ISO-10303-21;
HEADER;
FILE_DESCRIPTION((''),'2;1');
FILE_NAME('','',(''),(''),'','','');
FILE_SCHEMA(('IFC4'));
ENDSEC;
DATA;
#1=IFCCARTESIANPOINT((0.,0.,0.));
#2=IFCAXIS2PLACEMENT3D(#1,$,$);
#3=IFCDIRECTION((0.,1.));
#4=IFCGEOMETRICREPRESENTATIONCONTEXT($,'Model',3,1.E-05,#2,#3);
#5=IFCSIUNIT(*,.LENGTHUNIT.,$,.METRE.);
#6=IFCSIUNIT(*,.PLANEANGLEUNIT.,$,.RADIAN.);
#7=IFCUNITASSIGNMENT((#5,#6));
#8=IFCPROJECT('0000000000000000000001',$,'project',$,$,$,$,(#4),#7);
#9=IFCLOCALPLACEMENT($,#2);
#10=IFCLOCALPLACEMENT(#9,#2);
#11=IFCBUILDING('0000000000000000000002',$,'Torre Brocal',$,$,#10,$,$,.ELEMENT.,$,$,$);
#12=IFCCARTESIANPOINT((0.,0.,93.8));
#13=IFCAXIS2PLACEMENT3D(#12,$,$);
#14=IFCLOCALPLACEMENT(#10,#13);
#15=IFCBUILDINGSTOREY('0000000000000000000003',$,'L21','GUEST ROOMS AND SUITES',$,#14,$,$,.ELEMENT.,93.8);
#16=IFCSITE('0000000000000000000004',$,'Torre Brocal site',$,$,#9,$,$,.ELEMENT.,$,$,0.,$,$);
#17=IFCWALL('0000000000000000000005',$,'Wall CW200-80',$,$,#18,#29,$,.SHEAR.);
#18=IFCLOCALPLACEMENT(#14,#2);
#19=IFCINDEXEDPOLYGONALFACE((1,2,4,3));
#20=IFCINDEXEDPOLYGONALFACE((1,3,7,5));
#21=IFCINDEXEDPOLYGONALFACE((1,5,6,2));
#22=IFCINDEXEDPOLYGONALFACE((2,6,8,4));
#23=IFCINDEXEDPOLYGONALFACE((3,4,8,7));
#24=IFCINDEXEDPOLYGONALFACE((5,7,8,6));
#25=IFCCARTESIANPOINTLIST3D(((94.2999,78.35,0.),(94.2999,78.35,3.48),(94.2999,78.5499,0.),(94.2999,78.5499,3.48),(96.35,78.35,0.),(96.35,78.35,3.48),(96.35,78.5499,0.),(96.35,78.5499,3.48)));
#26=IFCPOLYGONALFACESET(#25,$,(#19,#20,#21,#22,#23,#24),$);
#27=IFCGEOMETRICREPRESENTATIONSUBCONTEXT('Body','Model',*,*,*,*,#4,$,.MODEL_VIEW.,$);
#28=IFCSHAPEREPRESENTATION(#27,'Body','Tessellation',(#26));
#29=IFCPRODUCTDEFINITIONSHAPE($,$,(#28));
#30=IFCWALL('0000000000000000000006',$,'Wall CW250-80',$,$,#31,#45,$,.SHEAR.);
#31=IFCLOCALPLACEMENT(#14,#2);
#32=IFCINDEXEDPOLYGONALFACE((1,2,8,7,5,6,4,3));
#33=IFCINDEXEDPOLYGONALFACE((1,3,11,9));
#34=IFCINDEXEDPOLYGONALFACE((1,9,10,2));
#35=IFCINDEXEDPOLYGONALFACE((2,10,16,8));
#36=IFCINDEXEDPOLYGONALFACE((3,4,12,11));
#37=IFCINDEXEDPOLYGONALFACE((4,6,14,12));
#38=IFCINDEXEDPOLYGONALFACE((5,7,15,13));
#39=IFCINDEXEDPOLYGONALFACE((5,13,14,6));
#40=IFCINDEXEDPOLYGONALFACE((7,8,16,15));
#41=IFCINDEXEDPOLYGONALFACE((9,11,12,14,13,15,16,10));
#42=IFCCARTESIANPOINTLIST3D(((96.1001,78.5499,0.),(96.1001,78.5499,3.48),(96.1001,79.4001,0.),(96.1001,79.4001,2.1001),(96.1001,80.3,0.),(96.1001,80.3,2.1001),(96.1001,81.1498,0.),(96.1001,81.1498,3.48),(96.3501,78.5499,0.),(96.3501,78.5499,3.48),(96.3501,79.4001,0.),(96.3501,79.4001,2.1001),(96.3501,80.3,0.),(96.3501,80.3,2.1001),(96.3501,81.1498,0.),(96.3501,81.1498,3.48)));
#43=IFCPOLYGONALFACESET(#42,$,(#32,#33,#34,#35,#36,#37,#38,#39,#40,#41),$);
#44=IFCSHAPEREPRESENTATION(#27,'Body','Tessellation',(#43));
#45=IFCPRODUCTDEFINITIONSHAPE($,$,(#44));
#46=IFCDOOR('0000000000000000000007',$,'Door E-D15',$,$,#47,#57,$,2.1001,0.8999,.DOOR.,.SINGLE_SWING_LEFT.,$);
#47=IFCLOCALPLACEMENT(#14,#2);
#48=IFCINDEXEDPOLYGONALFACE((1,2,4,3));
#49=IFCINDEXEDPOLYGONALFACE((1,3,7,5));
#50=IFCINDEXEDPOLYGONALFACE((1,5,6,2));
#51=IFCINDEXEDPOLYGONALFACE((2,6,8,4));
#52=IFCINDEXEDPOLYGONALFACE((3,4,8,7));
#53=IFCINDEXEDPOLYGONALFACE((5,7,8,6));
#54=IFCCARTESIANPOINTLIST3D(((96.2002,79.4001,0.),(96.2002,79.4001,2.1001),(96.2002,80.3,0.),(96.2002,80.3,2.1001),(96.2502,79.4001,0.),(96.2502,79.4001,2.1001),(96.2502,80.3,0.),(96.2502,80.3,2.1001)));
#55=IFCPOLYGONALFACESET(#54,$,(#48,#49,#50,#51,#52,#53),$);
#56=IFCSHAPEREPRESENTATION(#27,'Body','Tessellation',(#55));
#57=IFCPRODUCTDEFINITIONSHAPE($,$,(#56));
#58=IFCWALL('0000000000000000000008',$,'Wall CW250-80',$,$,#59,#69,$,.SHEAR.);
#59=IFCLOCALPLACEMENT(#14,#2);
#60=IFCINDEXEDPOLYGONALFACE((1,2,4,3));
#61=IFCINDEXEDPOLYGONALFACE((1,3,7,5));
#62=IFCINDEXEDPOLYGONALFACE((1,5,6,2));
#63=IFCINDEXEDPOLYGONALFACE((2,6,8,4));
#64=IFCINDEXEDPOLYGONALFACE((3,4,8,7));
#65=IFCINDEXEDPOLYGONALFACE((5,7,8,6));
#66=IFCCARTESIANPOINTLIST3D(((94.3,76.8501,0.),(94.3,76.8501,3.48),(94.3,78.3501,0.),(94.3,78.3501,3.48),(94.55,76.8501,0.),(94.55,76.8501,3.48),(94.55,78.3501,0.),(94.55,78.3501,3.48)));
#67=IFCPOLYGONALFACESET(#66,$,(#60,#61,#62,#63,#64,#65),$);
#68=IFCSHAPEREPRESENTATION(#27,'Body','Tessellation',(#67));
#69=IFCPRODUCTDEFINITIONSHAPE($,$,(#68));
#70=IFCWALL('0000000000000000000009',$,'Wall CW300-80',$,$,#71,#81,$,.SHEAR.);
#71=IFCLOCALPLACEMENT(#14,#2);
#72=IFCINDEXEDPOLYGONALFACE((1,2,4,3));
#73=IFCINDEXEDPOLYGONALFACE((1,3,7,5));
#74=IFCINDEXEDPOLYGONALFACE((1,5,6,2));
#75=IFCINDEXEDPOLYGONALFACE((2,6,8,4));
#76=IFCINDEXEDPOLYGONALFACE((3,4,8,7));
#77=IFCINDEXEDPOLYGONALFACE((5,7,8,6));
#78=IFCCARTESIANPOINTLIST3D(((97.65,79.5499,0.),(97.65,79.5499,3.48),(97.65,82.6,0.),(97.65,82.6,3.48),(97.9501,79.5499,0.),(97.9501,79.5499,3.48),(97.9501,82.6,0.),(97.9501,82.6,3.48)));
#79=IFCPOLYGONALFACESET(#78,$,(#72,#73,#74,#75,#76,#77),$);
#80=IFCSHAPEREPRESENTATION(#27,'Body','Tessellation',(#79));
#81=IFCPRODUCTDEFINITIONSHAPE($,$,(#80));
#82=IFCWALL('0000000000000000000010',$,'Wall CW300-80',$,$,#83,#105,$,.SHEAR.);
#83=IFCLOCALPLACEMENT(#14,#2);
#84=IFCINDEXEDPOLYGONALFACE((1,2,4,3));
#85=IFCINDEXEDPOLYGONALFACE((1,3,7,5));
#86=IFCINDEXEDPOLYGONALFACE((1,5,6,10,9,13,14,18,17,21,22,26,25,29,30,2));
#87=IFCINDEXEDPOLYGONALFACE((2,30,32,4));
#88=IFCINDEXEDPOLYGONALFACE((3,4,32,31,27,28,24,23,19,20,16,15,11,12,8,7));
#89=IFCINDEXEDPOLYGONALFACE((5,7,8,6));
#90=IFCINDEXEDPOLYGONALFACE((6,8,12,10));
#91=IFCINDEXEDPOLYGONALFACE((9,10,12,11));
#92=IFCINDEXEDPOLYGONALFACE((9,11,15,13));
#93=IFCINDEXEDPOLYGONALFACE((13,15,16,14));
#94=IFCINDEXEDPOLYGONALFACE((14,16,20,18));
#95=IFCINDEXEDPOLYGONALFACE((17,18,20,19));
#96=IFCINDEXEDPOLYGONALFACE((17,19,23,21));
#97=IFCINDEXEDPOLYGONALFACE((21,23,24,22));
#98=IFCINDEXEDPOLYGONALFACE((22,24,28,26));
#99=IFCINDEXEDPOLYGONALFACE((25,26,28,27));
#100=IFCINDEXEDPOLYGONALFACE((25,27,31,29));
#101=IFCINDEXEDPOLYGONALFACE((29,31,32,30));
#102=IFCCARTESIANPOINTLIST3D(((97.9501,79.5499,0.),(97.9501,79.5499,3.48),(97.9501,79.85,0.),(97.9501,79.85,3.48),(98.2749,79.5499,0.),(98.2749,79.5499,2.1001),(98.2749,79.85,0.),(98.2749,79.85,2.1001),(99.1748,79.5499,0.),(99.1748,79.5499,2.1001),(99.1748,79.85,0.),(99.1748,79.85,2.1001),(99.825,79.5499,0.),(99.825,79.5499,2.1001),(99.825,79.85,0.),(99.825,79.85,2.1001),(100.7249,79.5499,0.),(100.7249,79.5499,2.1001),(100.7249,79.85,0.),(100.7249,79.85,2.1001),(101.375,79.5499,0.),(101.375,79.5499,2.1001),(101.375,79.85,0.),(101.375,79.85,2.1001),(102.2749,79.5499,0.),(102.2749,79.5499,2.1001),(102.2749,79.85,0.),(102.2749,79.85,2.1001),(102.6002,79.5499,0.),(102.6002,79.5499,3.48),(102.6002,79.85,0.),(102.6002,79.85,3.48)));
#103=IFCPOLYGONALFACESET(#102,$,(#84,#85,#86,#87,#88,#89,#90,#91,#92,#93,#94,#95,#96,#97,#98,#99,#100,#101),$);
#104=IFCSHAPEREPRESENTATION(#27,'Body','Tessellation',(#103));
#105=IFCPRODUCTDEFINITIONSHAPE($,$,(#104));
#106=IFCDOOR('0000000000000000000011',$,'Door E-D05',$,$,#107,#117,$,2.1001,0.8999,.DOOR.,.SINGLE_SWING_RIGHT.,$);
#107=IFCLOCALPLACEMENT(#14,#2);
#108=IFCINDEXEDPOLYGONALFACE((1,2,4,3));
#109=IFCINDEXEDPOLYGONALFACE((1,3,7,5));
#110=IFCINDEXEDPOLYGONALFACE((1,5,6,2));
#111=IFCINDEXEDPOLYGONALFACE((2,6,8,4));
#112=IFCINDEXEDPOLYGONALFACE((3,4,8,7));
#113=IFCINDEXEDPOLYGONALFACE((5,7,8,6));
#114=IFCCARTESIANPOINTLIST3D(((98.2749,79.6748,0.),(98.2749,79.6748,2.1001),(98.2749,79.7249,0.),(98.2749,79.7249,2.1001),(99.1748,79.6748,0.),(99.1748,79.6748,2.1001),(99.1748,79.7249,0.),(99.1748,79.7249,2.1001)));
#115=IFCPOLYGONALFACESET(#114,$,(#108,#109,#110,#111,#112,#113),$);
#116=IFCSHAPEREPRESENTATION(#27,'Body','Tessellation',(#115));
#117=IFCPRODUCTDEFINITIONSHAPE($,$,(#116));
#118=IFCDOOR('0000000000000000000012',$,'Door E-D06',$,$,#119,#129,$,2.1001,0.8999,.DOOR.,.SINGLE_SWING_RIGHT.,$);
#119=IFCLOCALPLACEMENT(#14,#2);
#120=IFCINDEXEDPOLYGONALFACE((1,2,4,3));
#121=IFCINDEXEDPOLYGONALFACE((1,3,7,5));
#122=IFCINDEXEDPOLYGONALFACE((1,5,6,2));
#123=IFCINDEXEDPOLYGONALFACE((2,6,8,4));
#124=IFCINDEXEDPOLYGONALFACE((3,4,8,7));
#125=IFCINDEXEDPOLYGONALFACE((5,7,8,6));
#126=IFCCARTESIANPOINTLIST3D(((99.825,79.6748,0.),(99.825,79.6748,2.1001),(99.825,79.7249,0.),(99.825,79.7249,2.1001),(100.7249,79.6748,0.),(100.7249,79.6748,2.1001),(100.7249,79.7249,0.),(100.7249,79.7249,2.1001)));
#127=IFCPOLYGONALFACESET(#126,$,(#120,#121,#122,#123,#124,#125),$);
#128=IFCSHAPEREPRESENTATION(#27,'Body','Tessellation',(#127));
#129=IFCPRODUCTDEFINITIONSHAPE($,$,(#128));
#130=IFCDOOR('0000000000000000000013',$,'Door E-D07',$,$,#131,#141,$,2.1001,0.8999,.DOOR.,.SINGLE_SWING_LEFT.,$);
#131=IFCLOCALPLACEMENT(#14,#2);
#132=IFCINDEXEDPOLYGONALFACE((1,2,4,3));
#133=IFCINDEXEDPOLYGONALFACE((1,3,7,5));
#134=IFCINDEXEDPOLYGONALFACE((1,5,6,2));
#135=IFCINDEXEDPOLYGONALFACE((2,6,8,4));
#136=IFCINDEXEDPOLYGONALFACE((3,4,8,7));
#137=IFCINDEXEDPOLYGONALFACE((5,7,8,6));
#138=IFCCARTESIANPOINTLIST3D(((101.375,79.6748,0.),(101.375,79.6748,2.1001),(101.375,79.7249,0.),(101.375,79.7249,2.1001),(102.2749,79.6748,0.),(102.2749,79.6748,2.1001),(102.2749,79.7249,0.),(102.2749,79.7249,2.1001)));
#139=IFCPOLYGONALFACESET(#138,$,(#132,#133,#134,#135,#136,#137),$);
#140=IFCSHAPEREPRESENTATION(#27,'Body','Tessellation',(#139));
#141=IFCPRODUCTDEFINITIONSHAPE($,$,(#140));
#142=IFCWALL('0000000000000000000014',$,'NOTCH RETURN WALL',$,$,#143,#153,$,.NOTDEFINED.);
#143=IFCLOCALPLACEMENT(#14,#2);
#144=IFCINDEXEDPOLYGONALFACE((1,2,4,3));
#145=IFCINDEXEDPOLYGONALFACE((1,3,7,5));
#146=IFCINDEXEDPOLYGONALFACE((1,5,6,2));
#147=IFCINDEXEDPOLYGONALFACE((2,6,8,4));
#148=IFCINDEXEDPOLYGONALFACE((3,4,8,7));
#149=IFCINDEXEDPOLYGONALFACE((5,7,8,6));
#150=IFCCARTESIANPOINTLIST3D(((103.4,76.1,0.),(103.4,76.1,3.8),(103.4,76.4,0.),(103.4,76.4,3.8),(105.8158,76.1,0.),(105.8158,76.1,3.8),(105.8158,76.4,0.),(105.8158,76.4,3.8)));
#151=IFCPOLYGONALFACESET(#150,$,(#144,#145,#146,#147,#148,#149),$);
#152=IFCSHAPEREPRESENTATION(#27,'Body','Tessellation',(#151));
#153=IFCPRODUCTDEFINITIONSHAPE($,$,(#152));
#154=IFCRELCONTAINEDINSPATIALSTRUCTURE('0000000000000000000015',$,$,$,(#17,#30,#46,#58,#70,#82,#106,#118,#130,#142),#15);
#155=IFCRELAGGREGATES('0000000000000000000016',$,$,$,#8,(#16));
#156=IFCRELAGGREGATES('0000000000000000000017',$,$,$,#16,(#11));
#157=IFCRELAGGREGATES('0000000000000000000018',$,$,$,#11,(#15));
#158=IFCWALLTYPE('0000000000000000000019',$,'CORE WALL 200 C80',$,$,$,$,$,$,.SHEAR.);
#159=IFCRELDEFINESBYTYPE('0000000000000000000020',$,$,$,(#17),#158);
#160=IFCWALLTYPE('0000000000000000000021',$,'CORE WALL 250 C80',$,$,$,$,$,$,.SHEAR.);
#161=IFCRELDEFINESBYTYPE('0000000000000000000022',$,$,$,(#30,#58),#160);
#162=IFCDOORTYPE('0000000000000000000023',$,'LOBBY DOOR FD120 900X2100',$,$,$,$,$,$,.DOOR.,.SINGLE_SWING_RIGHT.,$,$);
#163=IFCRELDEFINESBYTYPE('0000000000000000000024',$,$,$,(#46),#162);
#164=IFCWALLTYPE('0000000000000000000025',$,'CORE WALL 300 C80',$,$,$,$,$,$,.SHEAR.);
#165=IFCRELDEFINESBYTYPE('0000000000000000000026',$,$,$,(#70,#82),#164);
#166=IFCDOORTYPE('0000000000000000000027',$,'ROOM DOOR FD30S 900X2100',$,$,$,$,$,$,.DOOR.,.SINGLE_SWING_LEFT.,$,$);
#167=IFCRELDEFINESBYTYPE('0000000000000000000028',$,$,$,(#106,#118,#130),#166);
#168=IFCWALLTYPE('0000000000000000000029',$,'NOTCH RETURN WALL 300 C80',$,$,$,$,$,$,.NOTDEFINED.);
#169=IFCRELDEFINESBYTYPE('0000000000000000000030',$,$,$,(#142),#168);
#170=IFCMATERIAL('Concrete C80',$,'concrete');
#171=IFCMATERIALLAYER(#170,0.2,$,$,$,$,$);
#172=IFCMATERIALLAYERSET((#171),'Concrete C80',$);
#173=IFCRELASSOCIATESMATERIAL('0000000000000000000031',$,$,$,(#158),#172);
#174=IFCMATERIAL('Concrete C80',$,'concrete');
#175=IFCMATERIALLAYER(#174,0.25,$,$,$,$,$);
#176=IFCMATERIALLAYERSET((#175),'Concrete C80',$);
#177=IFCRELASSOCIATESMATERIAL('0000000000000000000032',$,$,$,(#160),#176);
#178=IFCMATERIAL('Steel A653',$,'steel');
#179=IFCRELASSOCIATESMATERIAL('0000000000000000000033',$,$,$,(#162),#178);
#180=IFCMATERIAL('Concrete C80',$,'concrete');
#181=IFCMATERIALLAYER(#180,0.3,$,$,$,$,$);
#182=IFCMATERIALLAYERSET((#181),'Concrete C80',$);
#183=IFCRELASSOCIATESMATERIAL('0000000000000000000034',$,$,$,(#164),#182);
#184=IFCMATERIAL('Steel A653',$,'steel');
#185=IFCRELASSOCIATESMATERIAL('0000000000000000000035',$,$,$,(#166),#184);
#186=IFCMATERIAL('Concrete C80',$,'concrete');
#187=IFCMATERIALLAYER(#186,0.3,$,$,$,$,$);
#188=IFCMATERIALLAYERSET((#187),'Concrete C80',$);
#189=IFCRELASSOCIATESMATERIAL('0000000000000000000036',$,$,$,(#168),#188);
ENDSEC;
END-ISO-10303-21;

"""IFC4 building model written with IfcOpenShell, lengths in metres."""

from ifc_helpers import new_model, si_unit, direction, frame, frame_2d, origin, place, context, subcontext, project, spatial, rectangle, extrude, material, layer, layer_set, type_object, element, fill, save


model = new_model("IFC4")

# Units and contexts
model_context = context("Model", 3, precision=1e-05, world=origin(), true_north=direction((0.0, 1.0)))
body_context = subcontext(model_context, "Body", "Model", "MODEL_VIEW")
ifc_project = project(units=[si_unit("LENGTHUNIT", "METRE"), si_unit("PLANEANGLEUNIT", "RADIAN")], contexts=[model_context])

# Site, building, storey
site_placement = place(None, origin())
site = spatial("IfcSite", under=ifc_project, at=site_placement, Name="Torre Brocal site", CompositionType="ELEMENT", RefElevation=0.0)
building_placement = place(site_placement, origin())
building = spatial("IfcBuilding", under=site, at=building_placement, Name="Torre Brocal", CompositionType="ELEMENT")
storey_placement = place(building_placement, frame((0.0, 0.0, 93.8)))
storey = spatial("IfcBuildingStorey", under=building, at=storey_placement, Name="L21", Description="GUEST ROOMS AND SUITES", CompositionType="ELEMENT", Elevation=93.8)

# Wall
ifc_material_1 = material(Name="Concrete C80", Category="concrete")
ifc_layer_1 = layer(ifc_material_1, 0.2)
ifc_layer_set_1 = layer_set([ifc_layer_1], Name="Concrete C80")
wall_type_1 = type_object("IfcWallType", Name="CORE WALL 200 C80", PredefinedType="SHEAR", material=ifc_layer_set_1)
wall_1_placement = place(storey_placement, frame((94.3, 78.45, 0.0), z_axis=(0.0, 0.0, 1.0), x_axis=(1.0, 0.0, 0.0)))
element("IfcWall", 1, at=wall_1_placement, inside=storey, type_object=wall_type_1, Name="Wall CW200-80", PredefinedType="SHEAR", context=body_context, shape_type="SweptSolid", body=[
    extrude(rectangle(XDim=2.05, YDim=0.2, at=frame_2d((1.0249, 0.0))), origin(), (0.0, 0.0, 1.0), 3.48),
])

# Wall, opening, door
ifc_material_2 = material(Name="Concrete C80", Category="concrete")
ifc_layer_2 = layer(ifc_material_2, 0.25)
ifc_layer_set_2 = layer_set([ifc_layer_2], Name="Concrete C80")
wall_type_2 = type_object("IfcWallType", Name="CORE WALL 250 C80", PredefinedType="SHEAR", material=ifc_layer_set_2)
wall_2_placement = place(storey_placement, frame((96.2251, 78.55, 0.0), z_axis=(0.0, 0.0, 1.0), x_axis=(0.0, 1.0, 0.0)))
wall_2 = element("IfcWall", 2, at=wall_2_placement, inside=storey, type_object=wall_type_2, Name="Wall CW250-80", PredefinedType="SHEAR", context=body_context, shape_type="SweptSolid", body=[
    extrude(rectangle(XDim=2.5999, YDim=0.25, at=frame_2d((1.2998, 0.0))), origin(), (0.0, 0.0, 1.0), 3.48),
])
opening_1_placement = place(wall_2_placement, frame((0.8501, 0.0, 0.0)))
opening_1 = element("IfcOpeningElement", 3, at=opening_1_placement, cuts=wall_2, PredefinedType="OPENING", context=body_context, shape_type="SweptSolid", body=[
    extrude(rectangle(XDim=0.8999, YDim=2.1001, at=frame_2d((0.45, 1.05))), frame((0.0, 0.135, 0.0), z_axis=(0.0, -1.0, 0.0), x_axis=(1.0, 0.0, 0.0)), (0.0, 0.0, 1.0), 0.27),
])
ifc_material_3 = material(Name="Steel A653", Category="steel")
door_type_1 = type_object("IfcDoorType", Name="LOBBY DOOR FD120 900X2100", OperationType="SINGLE_SWING_RIGHT", PredefinedType="DOOR", material=ifc_material_3)
door_1_placement = place(opening_1_placement, origin())
door_1 = element("IfcDoor", 4, at=door_1_placement, inside=storey, type_object=door_type_1, Name="Door E-D15", OperationType="SINGLE_SWING_LEFT", OverallHeight=2.1001, OverallWidth=0.8999, PredefinedType="DOOR", context=body_context, shape_type="SweptSolid", body=[
    extrude(rectangle(XDim=0.8999, YDim=2.1001, at=frame_2d((0.45, 1.05))), frame((0.0, 0.0249, 0.0), z_axis=(0.0, -1.0, 0.0), x_axis=(1.0, 0.0, 0.0)), (0.0, 0.0, 1.0), 0.05),
])
fill(opening_1, door_1)

# Walls
wall_3_placement = place(storey_placement, frame((94.425, 76.8501, 0.0), z_axis=(0.0, 0.0, 1.0), x_axis=(0.0, 1.0, 0.0)))
element("IfcWall", 5, at=wall_3_placement, inside=storey, type_object=wall_type_2, Name="Wall CW250-80", PredefinedType="SHEAR", context=body_context, shape_type="SweptSolid", body=[
    extrude(rectangle(XDim=1.5, YDim=0.25, at=frame_2d((0.75, 0.0))), origin(), (0.0, 0.0, 1.0), 3.48),
])
ifc_material_4 = material(Name="Concrete C80", Category="concrete")
ifc_layer_3 = layer(ifc_material_4, 0.3)
ifc_layer_set_3 = layer_set([ifc_layer_3], Name="Concrete C80")
wall_type_3 = type_object("IfcWallType", Name="CORE WALL 300 C80", PredefinedType="SHEAR", material=ifc_layer_set_3)
wall_4_placement = place(storey_placement, frame((97.8, 79.55, 0.0), z_axis=(0.0, 0.0, 1.0), x_axis=(0.0, 1.0, 0.0)))
element("IfcWall", 6, at=wall_4_placement, inside=storey, type_object=wall_type_3, Name="Wall CW300-80", PredefinedType="SHEAR", context=body_context, shape_type="SweptSolid", body=[
    extrude(rectangle(XDim=3.05, YDim=0.3, at=frame_2d((1.5249, 0.0))), origin(), (0.0, 0.0, 1.0), 3.48),
])

# Wall, openings, doors
wall_5_placement = place(storey_placement, frame((97.95, 79.7, 0.0), z_axis=(0.0, 0.0, 1.0), x_axis=(1.0, 0.0, 0.0)))
wall_5 = element("IfcWall", 7, at=wall_5_placement, inside=storey, type_object=wall_type_3, Name="Wall CW300-80", PredefinedType="SHEAR", context=body_context, shape_type="SweptSolid", body=[
    extrude(rectangle(XDim=4.6501, YDim=0.3, at=frame_2d((2.3252, 0.0))), origin(), (0.0, 0.0, 1.0), 3.48),
])
opening_2_placement = place(wall_5_placement, frame((0.325, 0.0, 0.0)))
opening_2 = element("IfcOpeningElement", 8, at=opening_2_placement, cuts=wall_5, PredefinedType="OPENING", context=body_context, shape_type="SweptSolid", body=[
    extrude(rectangle(XDim=0.8999, YDim=2.1001, at=frame_2d((0.45, 1.05))), frame((0.0, 0.1599, 0.0), z_axis=(0.0, -1.0, 0.0), x_axis=(1.0, 0.0, 0.0)), (0.0, 0.0, 1.0), 0.3201),
])
opening_3_placement = place(wall_5_placement, frame((1.875, 0.0, 0.0)))
opening_3 = element("IfcOpeningElement", 9, at=opening_3_placement, cuts=wall_5, PredefinedType="OPENING", context=body_context, shape_type="SweptSolid", body=[
    extrude(rectangle(XDim=0.8999, YDim=2.1001, at=frame_2d((0.45, 1.05))), frame((0.0, 0.1599, 0.0), z_axis=(0.0, -1.0, 0.0), x_axis=(1.0, 0.0, 0.0)), (0.0, 0.0, 1.0), 0.3201),
])
opening_4_placement = place(wall_5_placement, frame((3.425, 0.0, 0.0)))
opening_4 = element("IfcOpeningElement", 10, at=opening_4_placement, cuts=wall_5, PredefinedType="OPENING", context=body_context, shape_type="SweptSolid", body=[
    extrude(rectangle(XDim=0.8999, YDim=2.1001, at=frame_2d((0.45, 1.05))), frame((0.0, 0.1599, 0.0), z_axis=(0.0, -1.0, 0.0), x_axis=(1.0, 0.0, 0.0)), (0.0, 0.0, 1.0), 0.3201),
])
ifc_material_5 = material(Name="Steel A653", Category="steel")
door_type_2 = type_object("IfcDoorType", Name="ROOM DOOR FD30S 900X2100", OperationType="SINGLE_SWING_LEFT", PredefinedType="DOOR", material=ifc_material_5)
door_2_placement = place(opening_2_placement, origin())
door_2 = element("IfcDoor", 11, at=door_2_placement, inside=storey, type_object=door_type_2, Name="Door E-D05", OperationType="SINGLE_SWING_RIGHT", OverallHeight=2.1001, OverallWidth=0.8999, PredefinedType="DOOR", context=body_context, shape_type="SweptSolid", body=[
    extrude(rectangle(XDim=0.8999, YDim=2.1001, at=frame_2d((0.45, 1.05))), frame((0.0, 0.0249, 0.0), z_axis=(0.0, -1.0, 0.0), x_axis=(1.0, 0.0, 0.0)), (0.0, 0.0, 1.0), 0.05),
])
fill(opening_2, door_2)
door_3_placement = place(opening_3_placement, origin())
door_3 = element("IfcDoor", 12, at=door_3_placement, inside=storey, type_object=door_type_2, Name="Door E-D06", OperationType="SINGLE_SWING_RIGHT", OverallHeight=2.1001, OverallWidth=0.8999, PredefinedType="DOOR", context=body_context, shape_type="SweptSolid", body=[
    extrude(rectangle(XDim=0.8999, YDim=2.1001, at=frame_2d((0.45, 1.05))), frame((0.0, 0.0249, 0.0), z_axis=(0.0, -1.0, 0.0), x_axis=(1.0, 0.0, 0.0)), (0.0, 0.0, 1.0), 0.05),
])
fill(opening_3, door_3)
door_4_placement = place(opening_4_placement, origin())
door_4 = element("IfcDoor", 13, at=door_4_placement, inside=storey, type_object=door_type_2, Name="Door E-D07", OperationType="SINGLE_SWING_LEFT", OverallHeight=2.1001, OverallWidth=0.8999, PredefinedType="DOOR", context=body_context, shape_type="SweptSolid", body=[
    extrude(rectangle(XDim=0.8999, YDim=2.1001, at=frame_2d((0.45, 1.05))), frame((0.0, 0.0249, 0.0), z_axis=(0.0, -1.0, 0.0), x_axis=(1.0, 0.0, 0.0)), (0.0, 0.0, 1.0), 0.05),
])
fill(opening_4, door_4)

# Wall
ifc_material_6 = material(Name="Concrete C80", Category="concrete")
ifc_layer_4 = layer(ifc_material_6, 0.3)
ifc_layer_set_4 = layer_set([ifc_layer_4], Name="Concrete C80")
wall_type_4 = type_object("IfcWallType", Name="NOTCH RETURN WALL 300 C80", PredefinedType="NOTDEFINED", material=ifc_layer_set_4)
wall_6_placement = place(storey_placement, frame((103.3999, 76.25, 0.0), z_axis=(0.0, 0.0, 1.0), x_axis=(1.0, 0.0, 0.0)))
element("IfcWall", 14, at=wall_6_placement, inside=storey, type_object=wall_type_4, Name="NOTCH RETURN WALL", PredefinedType="NOTDEFINED", context=body_context, shape_type="SweptSolid", body=[
    extrude(rectangle(XDim=2.4158, YDim=0.3, at=frame_2d((1.208, 0.0))), origin(), (0.0, 0.0, 1.0), 3.8),
])

save(model, "model.ifc")
